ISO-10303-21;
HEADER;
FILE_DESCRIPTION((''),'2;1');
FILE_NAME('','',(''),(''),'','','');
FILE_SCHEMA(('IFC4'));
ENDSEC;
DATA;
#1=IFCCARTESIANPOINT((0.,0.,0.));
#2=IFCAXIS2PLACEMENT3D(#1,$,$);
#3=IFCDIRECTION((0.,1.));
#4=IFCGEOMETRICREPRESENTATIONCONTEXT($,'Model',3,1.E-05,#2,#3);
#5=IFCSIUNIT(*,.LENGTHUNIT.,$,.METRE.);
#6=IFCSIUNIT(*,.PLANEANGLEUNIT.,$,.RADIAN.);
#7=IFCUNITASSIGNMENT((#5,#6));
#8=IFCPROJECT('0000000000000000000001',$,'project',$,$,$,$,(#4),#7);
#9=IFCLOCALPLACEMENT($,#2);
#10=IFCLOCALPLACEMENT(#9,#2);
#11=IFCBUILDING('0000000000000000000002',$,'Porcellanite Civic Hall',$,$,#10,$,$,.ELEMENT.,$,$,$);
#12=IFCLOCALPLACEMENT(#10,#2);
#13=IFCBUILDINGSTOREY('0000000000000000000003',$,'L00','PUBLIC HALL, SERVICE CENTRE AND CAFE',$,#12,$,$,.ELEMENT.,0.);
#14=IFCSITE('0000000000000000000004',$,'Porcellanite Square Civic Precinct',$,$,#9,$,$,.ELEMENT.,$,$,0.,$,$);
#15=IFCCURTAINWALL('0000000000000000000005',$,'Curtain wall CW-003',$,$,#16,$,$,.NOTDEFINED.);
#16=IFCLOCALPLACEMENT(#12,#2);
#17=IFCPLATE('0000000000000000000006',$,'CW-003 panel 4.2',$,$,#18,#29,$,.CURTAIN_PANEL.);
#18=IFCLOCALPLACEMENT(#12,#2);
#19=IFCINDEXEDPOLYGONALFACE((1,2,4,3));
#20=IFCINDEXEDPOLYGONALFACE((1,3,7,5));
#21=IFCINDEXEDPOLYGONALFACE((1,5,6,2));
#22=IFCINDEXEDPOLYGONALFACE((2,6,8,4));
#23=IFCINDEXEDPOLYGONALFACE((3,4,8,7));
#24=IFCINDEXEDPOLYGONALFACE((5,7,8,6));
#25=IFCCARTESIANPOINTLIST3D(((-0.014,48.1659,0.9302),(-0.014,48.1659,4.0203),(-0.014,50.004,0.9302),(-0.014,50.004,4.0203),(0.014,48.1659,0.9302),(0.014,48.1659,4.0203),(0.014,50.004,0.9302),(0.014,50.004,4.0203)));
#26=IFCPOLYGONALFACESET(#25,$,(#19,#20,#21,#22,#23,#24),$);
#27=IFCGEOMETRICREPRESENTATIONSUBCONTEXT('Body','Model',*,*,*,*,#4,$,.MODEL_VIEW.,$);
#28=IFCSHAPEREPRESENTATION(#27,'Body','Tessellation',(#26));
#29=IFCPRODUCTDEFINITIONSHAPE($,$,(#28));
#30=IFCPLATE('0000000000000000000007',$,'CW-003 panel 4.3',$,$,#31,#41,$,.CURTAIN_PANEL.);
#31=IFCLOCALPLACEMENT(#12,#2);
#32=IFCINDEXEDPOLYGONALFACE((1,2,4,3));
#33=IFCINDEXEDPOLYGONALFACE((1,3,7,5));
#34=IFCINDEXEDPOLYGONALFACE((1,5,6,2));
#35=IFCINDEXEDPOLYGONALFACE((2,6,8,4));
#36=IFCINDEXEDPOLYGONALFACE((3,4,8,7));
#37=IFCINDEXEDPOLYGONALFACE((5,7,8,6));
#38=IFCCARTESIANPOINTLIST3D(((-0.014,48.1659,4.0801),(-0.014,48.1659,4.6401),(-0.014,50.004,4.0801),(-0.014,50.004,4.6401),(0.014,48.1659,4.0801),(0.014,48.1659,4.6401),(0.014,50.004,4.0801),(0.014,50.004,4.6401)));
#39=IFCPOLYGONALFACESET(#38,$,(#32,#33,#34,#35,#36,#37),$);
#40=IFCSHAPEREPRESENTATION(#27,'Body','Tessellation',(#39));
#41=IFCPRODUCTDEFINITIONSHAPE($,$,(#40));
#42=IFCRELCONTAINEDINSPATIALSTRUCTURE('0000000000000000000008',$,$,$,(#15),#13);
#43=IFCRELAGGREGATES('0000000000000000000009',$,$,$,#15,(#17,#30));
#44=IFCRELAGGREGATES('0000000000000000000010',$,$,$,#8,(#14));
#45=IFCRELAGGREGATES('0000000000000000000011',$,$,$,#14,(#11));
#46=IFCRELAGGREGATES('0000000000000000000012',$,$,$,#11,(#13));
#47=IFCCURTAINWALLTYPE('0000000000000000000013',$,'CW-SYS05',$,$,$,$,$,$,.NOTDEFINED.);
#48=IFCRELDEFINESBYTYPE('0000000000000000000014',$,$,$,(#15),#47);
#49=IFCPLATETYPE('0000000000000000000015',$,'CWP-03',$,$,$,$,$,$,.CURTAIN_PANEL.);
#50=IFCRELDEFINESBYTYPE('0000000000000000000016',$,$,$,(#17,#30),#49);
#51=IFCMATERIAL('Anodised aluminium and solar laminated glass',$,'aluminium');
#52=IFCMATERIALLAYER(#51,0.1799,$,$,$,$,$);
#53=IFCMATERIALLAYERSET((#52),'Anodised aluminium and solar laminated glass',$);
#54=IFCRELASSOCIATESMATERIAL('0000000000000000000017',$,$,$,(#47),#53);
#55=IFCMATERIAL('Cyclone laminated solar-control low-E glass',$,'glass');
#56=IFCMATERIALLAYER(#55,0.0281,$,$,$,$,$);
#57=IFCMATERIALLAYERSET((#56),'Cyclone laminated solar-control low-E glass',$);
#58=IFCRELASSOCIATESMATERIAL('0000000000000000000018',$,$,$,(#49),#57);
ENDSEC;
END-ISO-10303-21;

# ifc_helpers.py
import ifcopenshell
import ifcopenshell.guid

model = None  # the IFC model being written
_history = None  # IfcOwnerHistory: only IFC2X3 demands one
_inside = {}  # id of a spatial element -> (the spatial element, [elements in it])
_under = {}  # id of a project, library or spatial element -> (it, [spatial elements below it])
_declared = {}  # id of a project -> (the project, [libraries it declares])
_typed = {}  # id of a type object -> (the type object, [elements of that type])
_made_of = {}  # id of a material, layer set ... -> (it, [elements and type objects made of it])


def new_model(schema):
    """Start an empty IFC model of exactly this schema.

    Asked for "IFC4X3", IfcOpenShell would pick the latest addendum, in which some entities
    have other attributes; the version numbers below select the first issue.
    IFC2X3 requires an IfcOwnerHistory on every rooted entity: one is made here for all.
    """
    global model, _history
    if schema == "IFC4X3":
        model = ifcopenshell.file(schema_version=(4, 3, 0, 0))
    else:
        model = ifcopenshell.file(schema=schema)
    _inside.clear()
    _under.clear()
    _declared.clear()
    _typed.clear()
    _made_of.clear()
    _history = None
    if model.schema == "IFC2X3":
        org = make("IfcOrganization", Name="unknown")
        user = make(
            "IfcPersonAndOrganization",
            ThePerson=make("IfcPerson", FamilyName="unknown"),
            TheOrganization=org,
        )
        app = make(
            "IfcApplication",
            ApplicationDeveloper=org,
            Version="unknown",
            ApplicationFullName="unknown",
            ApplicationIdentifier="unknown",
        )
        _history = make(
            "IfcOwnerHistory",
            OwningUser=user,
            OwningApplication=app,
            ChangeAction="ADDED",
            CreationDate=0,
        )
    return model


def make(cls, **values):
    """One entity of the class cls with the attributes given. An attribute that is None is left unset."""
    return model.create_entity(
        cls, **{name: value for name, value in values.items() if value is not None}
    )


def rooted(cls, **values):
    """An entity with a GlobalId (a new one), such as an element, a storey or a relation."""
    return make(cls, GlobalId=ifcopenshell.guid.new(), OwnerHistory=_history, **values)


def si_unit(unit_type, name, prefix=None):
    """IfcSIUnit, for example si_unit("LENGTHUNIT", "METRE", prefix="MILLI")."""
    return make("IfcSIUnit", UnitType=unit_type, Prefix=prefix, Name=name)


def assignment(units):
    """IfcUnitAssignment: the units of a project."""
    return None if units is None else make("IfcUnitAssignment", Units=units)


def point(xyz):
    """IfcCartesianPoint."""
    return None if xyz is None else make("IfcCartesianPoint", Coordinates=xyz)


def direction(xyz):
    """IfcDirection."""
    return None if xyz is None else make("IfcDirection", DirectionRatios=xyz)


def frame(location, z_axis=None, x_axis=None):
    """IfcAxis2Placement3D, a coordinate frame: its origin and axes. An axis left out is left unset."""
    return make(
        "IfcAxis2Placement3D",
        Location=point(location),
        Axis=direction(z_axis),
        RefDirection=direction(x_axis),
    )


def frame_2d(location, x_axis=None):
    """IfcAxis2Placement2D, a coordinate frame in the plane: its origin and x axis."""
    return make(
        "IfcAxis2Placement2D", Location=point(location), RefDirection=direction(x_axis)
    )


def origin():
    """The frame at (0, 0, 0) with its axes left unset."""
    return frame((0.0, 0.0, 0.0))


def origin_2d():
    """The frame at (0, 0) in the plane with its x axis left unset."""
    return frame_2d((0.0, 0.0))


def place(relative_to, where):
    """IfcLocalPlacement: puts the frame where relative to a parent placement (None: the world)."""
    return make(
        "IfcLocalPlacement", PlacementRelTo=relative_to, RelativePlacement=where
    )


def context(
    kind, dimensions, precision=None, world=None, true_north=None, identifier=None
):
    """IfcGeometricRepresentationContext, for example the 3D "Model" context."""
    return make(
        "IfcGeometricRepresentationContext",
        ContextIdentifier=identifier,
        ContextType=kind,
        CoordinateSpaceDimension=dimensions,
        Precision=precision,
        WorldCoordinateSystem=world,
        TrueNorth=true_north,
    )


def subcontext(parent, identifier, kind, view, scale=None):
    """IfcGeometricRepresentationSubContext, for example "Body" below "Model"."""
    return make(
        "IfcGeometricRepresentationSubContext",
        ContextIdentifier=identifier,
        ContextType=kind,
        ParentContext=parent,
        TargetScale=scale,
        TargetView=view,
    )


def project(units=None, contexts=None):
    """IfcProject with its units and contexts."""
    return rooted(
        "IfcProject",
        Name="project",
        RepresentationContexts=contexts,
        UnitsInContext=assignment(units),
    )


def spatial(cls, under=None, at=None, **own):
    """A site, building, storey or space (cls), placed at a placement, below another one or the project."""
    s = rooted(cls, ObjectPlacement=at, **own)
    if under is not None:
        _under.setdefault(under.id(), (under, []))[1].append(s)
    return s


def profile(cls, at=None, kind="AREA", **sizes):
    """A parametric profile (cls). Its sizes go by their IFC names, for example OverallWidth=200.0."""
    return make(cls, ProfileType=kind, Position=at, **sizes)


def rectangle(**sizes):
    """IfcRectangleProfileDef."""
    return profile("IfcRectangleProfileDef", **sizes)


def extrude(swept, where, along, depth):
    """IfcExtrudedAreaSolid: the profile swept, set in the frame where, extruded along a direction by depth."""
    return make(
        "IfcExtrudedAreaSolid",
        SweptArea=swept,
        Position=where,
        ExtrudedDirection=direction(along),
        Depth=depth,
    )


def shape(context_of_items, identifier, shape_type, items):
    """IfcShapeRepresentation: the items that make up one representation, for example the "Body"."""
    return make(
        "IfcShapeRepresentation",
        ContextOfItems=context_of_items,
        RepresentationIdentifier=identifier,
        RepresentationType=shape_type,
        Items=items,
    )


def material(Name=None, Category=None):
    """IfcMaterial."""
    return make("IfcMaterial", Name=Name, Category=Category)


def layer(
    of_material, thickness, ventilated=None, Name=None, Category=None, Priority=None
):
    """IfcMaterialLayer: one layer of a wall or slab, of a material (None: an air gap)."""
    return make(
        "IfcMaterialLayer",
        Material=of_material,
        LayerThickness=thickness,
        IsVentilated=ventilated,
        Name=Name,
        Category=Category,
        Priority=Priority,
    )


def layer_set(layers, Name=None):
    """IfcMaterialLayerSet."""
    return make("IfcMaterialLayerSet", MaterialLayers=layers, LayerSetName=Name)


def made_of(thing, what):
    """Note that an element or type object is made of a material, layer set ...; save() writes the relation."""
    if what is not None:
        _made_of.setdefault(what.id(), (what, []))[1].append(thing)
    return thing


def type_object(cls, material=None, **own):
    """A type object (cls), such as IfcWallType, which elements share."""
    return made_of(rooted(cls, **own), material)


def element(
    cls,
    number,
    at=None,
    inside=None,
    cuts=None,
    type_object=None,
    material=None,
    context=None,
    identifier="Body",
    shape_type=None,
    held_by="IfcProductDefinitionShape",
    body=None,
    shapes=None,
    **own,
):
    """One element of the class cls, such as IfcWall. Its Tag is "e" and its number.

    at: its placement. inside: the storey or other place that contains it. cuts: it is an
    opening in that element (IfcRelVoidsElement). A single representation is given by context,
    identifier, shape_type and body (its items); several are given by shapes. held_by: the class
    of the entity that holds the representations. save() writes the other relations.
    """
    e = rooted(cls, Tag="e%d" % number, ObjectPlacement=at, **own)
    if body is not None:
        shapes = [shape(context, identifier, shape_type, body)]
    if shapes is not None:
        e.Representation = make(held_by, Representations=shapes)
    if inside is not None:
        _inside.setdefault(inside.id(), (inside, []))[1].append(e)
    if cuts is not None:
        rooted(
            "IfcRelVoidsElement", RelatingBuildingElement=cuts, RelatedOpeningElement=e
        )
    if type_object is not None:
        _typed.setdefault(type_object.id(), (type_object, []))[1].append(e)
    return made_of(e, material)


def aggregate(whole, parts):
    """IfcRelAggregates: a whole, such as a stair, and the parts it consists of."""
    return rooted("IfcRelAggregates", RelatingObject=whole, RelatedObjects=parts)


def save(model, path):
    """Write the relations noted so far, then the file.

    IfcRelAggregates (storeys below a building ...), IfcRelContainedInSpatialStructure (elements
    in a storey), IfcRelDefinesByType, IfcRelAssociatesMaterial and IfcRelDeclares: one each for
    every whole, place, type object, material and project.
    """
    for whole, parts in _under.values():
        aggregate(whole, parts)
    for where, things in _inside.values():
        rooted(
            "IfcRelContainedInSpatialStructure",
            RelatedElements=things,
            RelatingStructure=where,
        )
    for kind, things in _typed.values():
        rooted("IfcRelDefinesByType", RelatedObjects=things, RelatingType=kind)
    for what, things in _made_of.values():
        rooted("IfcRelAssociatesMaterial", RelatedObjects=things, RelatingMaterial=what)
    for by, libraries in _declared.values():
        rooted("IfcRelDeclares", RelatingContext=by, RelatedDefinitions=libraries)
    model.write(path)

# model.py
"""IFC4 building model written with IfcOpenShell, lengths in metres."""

from ifc_helpers import new_model, si_unit, direction, frame, origin, origin_2d, place, context, subcontext, project, spatial, rectangle, extrude, material, layer, layer_set, type_object, element, aggregate, save


model = new_model("IFC4")

# Units and contexts
model_context = context("Model", 3, precision=1e-05, world=origin(), true_north=direction((0.0, 1.0)))
body_context = subcontext(model_context, "Body", "Model", "MODEL_VIEW")
ifc_project = project(units=[si_unit("LENGTHUNIT", "METRE"), si_unit("PLANEANGLEUNIT", "RADIAN")], contexts=[model_context])

# Site, building, storey
site_placement = place(None, origin())
site = spatial("IfcSite", under=ifc_project, at=site_placement, Name="Porcellanite Square Civic Precinct", CompositionType="ELEMENT", RefElevation=0.0)
building_placement = place(site_placement, origin())
building = spatial("IfcBuilding", under=site, at=building_placement, Name="Porcellanite Civic Hall", CompositionType="ELEMENT")
storey_placement = place(building_placement, origin())
storey = spatial("IfcBuildingStorey", under=building, at=storey_placement, Name="L00", Description="PUBLIC HALL, SERVICE CENTRE AND CAFE", CompositionType="ELEMENT", Elevation=0.0)

# Curtain wall, plates
ifc_material_1 = material(Name="Anodised aluminium and solar laminated glass", Category="aluminium")
ifc_layer_1 = layer(ifc_material_1, 0.1799)
ifc_layer_set_1 = layer_set([ifc_layer_1], Name="Anodised aluminium and solar laminated glass")
curtain_wall_type = type_object("IfcCurtainWallType", Name="CW-SYS05", PredefinedType="NOTDEFINED", material=ifc_layer_set_1)
curtain_wall_placement = place(storey_placement, origin())
curtain_wall = element("IfcCurtainWall", 1, at=curtain_wall_placement, inside=storey, type_object=curtain_wall_type, Name="Curtain wall CW-003", PredefinedType="NOTDEFINED")
ifc_material_2 = material(Name="Cyclone laminated solar-control low-E glass", Category="glass")
ifc_layer_2 = layer(ifc_material_2, 0.0281)
ifc_layer_set_2 = layer_set([ifc_layer_2], Name="Cyclone laminated solar-control low-E glass")
plate_type = type_object("IfcPlateType", Name="CWP-03", PredefinedType="CURTAIN_PANEL", material=ifc_layer_set_2)
plate_1_placement = place(storey_placement, frame((0.0, 49.085, 0.9302), z_axis=(0.0, 0.0, 1.0), x_axis=(0.0, 1.0, 0.0)))
plate_1 = element("IfcPlate", 2, at=plate_1_placement, type_object=plate_type, Name="CW-003 panel 4.2", PredefinedType="CURTAIN_PANEL", context=body_context, shape_type="SweptSolid", body=[
    extrude(rectangle(XDim=1.8381, YDim=0.0281, at=origin_2d()), origin(), (0.0, 0.0, 1.0), 3.0901),
])
plate_2_placement = place(storey_placement, frame((0.0, 49.085, 4.0801), z_axis=(0.0, 0.0, 1.0), x_axis=(0.0, 1.0, 0.0)))
plate_2 = element("IfcPlate", 3, at=plate_2_placement, type_object=plate_type, Name="CW-003 panel 4.3", PredefinedType="CURTAIN_PANEL", context=body_context, shape_type="SweptSolid", body=[
    extrude(rectangle(XDim=1.8381, YDim=0.0281, at=origin_2d()), origin(), (0.0, 0.0, 1.0), 0.5601),
])
aggregate(curtain_wall, [plate_1, plate_2])

save(model, "model.ifc")
